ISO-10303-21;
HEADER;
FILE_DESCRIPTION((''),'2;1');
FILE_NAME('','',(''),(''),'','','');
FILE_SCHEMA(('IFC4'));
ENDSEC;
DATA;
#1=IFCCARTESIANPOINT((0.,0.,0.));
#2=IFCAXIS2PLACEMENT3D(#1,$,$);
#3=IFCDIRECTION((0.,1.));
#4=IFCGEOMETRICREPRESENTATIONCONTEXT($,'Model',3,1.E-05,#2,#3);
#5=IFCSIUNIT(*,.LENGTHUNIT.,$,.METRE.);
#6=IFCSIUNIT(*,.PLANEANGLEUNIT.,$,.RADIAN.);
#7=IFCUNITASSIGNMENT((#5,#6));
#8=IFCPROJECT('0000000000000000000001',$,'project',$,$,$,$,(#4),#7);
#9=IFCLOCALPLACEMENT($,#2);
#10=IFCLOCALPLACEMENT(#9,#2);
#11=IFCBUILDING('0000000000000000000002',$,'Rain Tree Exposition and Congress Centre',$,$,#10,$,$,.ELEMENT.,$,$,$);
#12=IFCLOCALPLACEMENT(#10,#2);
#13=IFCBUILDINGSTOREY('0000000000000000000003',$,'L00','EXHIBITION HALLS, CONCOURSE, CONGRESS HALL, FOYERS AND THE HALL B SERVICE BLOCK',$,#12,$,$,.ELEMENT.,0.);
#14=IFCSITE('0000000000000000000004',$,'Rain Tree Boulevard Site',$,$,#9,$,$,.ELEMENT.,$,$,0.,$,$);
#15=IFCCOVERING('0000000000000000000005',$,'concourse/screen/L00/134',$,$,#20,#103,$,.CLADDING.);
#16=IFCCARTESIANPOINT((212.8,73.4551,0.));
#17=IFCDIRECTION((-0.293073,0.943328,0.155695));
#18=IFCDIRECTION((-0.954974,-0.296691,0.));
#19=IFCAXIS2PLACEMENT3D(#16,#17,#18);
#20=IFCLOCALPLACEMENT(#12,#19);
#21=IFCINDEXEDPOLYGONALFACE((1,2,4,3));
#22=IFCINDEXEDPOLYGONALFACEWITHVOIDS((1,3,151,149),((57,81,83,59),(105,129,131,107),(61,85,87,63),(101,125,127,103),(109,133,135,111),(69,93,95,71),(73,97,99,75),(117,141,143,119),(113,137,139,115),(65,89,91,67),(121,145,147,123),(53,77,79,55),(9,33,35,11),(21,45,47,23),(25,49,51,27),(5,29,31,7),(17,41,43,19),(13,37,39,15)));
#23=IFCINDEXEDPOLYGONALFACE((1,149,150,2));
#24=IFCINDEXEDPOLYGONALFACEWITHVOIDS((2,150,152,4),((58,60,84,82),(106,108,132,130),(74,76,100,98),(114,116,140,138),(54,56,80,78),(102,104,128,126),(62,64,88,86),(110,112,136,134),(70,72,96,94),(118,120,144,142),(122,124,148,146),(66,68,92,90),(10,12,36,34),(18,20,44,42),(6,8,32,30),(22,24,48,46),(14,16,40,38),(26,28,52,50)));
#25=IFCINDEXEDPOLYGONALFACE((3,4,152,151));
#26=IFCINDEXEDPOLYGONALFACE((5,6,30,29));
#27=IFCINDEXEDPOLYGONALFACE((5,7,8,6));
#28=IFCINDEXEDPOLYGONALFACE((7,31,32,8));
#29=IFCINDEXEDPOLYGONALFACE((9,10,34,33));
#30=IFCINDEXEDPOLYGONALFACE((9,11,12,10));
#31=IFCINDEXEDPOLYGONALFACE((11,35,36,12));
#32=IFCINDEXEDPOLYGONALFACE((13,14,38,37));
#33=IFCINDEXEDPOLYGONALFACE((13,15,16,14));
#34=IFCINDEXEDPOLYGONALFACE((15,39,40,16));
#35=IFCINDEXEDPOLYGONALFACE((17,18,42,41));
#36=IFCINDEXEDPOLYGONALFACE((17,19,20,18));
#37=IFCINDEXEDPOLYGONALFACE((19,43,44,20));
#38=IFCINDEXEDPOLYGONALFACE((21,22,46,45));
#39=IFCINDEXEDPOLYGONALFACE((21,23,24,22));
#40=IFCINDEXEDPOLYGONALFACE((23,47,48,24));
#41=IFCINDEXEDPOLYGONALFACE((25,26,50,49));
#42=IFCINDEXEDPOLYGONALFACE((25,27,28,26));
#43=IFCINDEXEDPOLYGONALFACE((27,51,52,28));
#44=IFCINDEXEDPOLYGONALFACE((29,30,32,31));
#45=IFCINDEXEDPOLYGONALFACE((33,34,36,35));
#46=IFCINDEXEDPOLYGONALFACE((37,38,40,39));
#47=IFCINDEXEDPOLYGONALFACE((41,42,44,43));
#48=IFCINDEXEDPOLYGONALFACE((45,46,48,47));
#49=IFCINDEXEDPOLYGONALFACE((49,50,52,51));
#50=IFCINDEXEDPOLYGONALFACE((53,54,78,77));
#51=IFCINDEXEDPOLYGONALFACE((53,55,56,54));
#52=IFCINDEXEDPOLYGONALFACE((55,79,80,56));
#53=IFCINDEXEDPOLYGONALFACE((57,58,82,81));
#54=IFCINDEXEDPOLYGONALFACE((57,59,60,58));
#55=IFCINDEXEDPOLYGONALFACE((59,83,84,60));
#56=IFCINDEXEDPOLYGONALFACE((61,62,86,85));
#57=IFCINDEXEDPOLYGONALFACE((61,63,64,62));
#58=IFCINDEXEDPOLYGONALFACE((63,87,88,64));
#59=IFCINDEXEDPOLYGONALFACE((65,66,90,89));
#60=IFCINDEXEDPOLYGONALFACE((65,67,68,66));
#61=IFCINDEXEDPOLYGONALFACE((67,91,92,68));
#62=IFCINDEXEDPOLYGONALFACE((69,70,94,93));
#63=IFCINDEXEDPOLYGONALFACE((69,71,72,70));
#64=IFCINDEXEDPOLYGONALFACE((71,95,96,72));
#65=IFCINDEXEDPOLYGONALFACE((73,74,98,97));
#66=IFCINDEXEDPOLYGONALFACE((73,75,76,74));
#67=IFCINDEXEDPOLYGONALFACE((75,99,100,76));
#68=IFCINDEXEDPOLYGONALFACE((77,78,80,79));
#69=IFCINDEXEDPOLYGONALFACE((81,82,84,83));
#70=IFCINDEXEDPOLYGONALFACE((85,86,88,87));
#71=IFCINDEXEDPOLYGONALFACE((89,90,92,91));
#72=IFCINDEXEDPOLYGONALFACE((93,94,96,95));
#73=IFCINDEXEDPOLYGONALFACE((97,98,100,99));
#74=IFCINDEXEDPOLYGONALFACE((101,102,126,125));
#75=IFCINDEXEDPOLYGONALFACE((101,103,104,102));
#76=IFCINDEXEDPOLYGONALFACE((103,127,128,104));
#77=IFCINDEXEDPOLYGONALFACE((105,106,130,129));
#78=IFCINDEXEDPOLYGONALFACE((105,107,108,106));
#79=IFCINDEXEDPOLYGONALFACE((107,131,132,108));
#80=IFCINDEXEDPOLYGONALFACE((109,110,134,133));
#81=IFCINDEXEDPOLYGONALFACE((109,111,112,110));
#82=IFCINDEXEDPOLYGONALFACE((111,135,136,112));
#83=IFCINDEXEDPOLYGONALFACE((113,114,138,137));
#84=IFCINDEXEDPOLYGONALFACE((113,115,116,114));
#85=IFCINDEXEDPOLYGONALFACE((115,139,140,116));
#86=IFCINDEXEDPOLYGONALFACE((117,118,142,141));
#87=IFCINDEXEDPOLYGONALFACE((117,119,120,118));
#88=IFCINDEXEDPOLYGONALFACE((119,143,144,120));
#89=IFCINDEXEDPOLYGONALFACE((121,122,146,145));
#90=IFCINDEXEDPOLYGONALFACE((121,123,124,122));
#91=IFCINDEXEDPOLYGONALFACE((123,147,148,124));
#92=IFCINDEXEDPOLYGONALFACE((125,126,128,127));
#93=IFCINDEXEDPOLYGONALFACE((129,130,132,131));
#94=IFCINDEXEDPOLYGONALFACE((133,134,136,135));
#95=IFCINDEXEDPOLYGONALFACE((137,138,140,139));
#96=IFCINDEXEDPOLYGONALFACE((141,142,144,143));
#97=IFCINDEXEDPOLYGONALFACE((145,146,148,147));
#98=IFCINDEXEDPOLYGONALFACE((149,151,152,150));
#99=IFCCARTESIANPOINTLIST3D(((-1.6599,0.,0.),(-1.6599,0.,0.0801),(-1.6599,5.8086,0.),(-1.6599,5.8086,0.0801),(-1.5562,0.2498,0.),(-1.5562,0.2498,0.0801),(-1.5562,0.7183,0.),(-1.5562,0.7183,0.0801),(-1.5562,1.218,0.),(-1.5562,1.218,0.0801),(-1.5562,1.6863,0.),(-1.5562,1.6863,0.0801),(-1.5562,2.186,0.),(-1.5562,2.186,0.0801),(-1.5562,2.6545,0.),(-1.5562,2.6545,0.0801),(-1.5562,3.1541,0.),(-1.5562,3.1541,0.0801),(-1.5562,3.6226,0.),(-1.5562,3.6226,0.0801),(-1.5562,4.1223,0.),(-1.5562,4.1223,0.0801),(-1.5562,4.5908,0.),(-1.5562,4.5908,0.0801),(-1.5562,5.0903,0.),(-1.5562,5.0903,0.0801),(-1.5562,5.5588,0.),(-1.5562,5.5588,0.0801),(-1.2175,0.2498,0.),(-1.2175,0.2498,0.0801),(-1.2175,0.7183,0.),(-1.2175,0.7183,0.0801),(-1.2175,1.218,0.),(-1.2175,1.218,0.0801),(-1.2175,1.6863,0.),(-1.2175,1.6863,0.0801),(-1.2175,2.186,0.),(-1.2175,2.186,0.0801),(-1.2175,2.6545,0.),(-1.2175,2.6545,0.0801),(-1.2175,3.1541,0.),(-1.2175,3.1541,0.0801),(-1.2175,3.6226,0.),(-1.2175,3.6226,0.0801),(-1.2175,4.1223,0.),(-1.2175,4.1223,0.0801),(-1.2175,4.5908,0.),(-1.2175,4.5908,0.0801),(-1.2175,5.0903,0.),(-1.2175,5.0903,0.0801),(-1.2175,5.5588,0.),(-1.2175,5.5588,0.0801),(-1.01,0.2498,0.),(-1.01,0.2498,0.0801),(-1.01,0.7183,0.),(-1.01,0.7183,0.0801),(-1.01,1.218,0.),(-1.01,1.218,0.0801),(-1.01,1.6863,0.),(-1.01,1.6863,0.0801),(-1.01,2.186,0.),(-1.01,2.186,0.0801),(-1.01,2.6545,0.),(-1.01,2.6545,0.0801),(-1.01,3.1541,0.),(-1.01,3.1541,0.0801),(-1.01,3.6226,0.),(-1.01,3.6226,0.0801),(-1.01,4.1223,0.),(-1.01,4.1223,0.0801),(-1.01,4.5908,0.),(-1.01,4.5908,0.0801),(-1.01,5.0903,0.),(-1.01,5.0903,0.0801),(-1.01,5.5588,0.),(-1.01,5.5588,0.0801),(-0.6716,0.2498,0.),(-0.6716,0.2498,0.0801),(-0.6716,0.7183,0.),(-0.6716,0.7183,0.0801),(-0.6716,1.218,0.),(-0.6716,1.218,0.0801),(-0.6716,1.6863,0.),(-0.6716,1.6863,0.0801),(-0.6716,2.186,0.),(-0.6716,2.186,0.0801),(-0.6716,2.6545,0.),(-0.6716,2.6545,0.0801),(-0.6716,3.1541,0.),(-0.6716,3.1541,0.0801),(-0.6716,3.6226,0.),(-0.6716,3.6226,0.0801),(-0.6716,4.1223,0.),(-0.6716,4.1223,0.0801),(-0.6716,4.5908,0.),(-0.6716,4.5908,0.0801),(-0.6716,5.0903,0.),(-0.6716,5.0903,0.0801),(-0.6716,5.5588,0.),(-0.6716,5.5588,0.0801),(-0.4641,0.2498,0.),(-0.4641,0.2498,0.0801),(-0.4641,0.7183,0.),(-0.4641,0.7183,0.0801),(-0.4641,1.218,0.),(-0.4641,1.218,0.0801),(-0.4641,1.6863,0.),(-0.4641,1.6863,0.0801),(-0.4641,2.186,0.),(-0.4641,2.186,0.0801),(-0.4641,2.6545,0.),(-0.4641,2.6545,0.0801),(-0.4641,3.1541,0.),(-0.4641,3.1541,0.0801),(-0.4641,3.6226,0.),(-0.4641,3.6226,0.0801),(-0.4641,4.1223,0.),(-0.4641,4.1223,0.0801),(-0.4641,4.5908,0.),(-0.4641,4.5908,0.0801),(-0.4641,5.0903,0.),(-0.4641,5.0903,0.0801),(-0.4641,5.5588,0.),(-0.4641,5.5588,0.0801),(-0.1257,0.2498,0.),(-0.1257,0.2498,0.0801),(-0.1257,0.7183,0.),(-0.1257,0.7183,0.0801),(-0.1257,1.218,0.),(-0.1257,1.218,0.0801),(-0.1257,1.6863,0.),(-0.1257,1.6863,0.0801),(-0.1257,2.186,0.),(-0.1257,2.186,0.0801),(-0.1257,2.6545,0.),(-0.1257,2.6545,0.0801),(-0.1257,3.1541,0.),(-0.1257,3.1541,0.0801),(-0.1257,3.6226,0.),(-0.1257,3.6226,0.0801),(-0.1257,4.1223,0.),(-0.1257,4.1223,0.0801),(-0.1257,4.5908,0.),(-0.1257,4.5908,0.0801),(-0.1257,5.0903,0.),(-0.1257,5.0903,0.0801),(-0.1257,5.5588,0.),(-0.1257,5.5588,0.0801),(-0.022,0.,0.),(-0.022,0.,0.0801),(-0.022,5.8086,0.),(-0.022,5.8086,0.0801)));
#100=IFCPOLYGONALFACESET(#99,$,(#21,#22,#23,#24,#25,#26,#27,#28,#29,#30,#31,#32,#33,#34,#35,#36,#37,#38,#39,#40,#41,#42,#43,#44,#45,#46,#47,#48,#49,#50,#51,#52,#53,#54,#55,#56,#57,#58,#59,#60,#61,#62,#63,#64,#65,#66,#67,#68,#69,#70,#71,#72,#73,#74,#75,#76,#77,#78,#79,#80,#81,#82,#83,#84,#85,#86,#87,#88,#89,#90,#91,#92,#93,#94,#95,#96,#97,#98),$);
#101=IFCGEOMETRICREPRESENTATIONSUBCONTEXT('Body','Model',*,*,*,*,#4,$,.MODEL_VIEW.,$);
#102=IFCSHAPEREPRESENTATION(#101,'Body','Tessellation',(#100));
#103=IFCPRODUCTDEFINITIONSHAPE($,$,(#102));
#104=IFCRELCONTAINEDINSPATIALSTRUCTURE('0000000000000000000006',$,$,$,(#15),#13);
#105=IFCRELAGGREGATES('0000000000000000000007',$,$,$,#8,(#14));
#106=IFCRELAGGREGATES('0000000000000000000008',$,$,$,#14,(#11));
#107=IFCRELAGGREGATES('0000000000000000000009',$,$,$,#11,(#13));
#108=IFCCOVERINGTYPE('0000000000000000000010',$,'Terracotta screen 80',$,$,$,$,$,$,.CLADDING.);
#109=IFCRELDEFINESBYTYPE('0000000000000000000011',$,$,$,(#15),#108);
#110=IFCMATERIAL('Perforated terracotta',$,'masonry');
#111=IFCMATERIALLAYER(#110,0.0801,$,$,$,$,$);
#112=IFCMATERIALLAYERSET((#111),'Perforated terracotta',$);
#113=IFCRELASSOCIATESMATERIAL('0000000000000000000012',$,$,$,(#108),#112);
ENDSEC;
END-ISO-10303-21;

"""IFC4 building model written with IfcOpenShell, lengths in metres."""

from ifc_helpers import new_model, si_unit, direction, frame, origin, place, context, subcontext, project, spatial, polyline, outline, extrude, material, layer, layer_set, type_object, element, save


model = new_model("IFC4")

# Units and contexts
model_context = context("Model", 3, precision=1e-05, world=origin(), true_north=direction((0.0, 1.0)))
body_context = subcontext(model_context, "Body", "Model", "MODEL_VIEW")
ifc_project = project(units=[si_unit("LENGTHUNIT", "METRE"), si_unit("PLANEANGLEUNIT", "RADIAN")], contexts=[model_context])

# Site, building, storey
site_placement = place(None, origin())
site = spatial("IfcSite", under=ifc_project, at=site_placement, Name="Rain Tree Boulevard Site", CompositionType="ELEMENT", RefElevation=0.0)
building_placement = place(site_placement, origin())
building = spatial("IfcBuilding", under=site, at=building_placement, Name="Rain Tree Exposition and Congress Centre", CompositionType="ELEMENT")
storey_placement = place(building_placement, origin())
storey = spatial("IfcBuildingStorey", under=building, at=storey_placement, Name="L00", Description="EXHIBITION HALLS, CONCOURSE, CONGRESS HALL, FOYERS AND THE HALL B SERVICE BLOCK", CompositionType="ELEMENT", Elevation=0.0)

# Covering
ifc_material_1 = material(Name="Perforated terracotta", Category="masonry")
ifc_layer_1 = layer(ifc_material_1, 0.0801)
ifc_layer_set_1 = layer_set([ifc_layer_1], Name="Perforated terracotta")
covering_type = type_object("IfcCoveringType", Name="Terracotta screen 80", PredefinedType="CLADDING", material=ifc_layer_set_1)
covering_1_placement = place(storey_placement, frame((212.8, 73.4551, 0.0), z_axis=(-0.293073, 0.943328, 0.155695), x_axis=(-0.954974, -0.296691, 0.0)))
element("IfcCovering", 1, at=covering_1_placement, inside=storey, type_object=covering_type, Name="concourse/screen/L00/134", PredefinedType="CLADDING", context=body_context, shape_type="SweptSolid", body=[
    extrude(outline(polyline([(-0.022, 0.0), (-1.6599, 0.0), (-1.6599, 5.8086), (-0.022, 5.8086), (-0.022, 0.0)]), holes=[polyline([(-0.1257, 0.2498), (-0.1257, 0.7183), (-0.4641, 0.7183), (-0.4641, 0.2498), (-0.1257, 0.2498)]), polyline([(-0.1257, 1.218), (-0.1257, 1.6863), (-0.4641, 1.6863), (-0.4641, 1.218), (-0.1257, 1.218)]), polyline([(-0.1257, 2.186), (-0.1257, 2.6545), (-0.4641, 2.6545), (-0.4641, 2.186), (-0.1257, 2.186)]), polyline([(-0.1257, 3.1541), (-0.1257, 3.6226), (-0.4641, 3.6226), (-0.4641, 3.1541), (-0.1257, 3.1541)]), polyline([(-0.1257, 4.1223), (-0.1257, 4.5908), (-0.4641, 4.5908), (-0.4641, 4.1223), (-0.1257, 4.1223)]), polyline([(-0.1257, 5.0903), (-0.1257, 5.5588), (-0.4641, 5.5588), (-0.4641, 5.0903), (-0.1257, 5.0903)]), polyline([(-0.6716, 0.2498), (-0.6716, 0.7183), (-1.01, 0.7183), (-1.01, 0.2498), (-0.6716, 0.2498)]), polyline([(-0.6716, 1.218), (-0.6716, 1.6863), (-1.01, 1.6863), (-1.01, 1.218), (-0.6716, 1.218)]), polyline([(-0.6716, 2.186), (-0.6716, 2.6545), (-1.01, 2.6545), (-1.01, 2.186), (-0.6716, 2.186)]), polyline([(-0.6716, 3.1541), (-0.6716, 3.6226), (-1.01, 3.6226), (-1.01, 3.1541), (-0.6716, 3.1541)]), polyline([(-0.6716, 4.1223), (-0.6716, 4.5908), (-1.01, 4.5908), (-1.01, 4.1223), (-0.6716, 4.1223)]), polyline([(-0.6716, 5.0903), (-0.6716, 5.5588), (-1.01, 5.5588), (-1.01, 5.0903), (-0.6716, 5.0903)]), polyline([(-1.2175, 0.2498), (-1.2175, 0.7183), (-1.5562, 0.7183), (-1.5562, 0.2498), (-1.2175, 0.2498)]), polyline([(-1.2175, 1.218), (-1.2175, 1.6863), (-1.5562, 1.6863), (-1.5562, 1.218), (-1.2175, 1.218)]), polyline([(-1.2175, 2.186), (-1.2175, 2.6545), (-1.5562, 2.6545), (-1.5562, 2.186), (-1.2175, 2.186)]), polyline([(-1.2175, 3.1541), (-1.2175, 3.6226), (-1.5562, 3.6226), (-1.5562, 3.1541), (-1.2175, 3.1541)]), polyline([(-1.2175, 4.1223), (-1.2175, 4.5908), (-1.5562, 4.5908), (-1.5562, 4.1223), (-1.2175, 4.1223)]), polyline([(-1.2175, 5.0903), (-1.2175, 5.5588), (-1.5562, 5.5588), (-1.5562, 5.0903), (-1.2175, 5.0903)])]), origin(), (0.0, 0.0, 1.0), 0.0801),
])

save(model, "model.ifc")
